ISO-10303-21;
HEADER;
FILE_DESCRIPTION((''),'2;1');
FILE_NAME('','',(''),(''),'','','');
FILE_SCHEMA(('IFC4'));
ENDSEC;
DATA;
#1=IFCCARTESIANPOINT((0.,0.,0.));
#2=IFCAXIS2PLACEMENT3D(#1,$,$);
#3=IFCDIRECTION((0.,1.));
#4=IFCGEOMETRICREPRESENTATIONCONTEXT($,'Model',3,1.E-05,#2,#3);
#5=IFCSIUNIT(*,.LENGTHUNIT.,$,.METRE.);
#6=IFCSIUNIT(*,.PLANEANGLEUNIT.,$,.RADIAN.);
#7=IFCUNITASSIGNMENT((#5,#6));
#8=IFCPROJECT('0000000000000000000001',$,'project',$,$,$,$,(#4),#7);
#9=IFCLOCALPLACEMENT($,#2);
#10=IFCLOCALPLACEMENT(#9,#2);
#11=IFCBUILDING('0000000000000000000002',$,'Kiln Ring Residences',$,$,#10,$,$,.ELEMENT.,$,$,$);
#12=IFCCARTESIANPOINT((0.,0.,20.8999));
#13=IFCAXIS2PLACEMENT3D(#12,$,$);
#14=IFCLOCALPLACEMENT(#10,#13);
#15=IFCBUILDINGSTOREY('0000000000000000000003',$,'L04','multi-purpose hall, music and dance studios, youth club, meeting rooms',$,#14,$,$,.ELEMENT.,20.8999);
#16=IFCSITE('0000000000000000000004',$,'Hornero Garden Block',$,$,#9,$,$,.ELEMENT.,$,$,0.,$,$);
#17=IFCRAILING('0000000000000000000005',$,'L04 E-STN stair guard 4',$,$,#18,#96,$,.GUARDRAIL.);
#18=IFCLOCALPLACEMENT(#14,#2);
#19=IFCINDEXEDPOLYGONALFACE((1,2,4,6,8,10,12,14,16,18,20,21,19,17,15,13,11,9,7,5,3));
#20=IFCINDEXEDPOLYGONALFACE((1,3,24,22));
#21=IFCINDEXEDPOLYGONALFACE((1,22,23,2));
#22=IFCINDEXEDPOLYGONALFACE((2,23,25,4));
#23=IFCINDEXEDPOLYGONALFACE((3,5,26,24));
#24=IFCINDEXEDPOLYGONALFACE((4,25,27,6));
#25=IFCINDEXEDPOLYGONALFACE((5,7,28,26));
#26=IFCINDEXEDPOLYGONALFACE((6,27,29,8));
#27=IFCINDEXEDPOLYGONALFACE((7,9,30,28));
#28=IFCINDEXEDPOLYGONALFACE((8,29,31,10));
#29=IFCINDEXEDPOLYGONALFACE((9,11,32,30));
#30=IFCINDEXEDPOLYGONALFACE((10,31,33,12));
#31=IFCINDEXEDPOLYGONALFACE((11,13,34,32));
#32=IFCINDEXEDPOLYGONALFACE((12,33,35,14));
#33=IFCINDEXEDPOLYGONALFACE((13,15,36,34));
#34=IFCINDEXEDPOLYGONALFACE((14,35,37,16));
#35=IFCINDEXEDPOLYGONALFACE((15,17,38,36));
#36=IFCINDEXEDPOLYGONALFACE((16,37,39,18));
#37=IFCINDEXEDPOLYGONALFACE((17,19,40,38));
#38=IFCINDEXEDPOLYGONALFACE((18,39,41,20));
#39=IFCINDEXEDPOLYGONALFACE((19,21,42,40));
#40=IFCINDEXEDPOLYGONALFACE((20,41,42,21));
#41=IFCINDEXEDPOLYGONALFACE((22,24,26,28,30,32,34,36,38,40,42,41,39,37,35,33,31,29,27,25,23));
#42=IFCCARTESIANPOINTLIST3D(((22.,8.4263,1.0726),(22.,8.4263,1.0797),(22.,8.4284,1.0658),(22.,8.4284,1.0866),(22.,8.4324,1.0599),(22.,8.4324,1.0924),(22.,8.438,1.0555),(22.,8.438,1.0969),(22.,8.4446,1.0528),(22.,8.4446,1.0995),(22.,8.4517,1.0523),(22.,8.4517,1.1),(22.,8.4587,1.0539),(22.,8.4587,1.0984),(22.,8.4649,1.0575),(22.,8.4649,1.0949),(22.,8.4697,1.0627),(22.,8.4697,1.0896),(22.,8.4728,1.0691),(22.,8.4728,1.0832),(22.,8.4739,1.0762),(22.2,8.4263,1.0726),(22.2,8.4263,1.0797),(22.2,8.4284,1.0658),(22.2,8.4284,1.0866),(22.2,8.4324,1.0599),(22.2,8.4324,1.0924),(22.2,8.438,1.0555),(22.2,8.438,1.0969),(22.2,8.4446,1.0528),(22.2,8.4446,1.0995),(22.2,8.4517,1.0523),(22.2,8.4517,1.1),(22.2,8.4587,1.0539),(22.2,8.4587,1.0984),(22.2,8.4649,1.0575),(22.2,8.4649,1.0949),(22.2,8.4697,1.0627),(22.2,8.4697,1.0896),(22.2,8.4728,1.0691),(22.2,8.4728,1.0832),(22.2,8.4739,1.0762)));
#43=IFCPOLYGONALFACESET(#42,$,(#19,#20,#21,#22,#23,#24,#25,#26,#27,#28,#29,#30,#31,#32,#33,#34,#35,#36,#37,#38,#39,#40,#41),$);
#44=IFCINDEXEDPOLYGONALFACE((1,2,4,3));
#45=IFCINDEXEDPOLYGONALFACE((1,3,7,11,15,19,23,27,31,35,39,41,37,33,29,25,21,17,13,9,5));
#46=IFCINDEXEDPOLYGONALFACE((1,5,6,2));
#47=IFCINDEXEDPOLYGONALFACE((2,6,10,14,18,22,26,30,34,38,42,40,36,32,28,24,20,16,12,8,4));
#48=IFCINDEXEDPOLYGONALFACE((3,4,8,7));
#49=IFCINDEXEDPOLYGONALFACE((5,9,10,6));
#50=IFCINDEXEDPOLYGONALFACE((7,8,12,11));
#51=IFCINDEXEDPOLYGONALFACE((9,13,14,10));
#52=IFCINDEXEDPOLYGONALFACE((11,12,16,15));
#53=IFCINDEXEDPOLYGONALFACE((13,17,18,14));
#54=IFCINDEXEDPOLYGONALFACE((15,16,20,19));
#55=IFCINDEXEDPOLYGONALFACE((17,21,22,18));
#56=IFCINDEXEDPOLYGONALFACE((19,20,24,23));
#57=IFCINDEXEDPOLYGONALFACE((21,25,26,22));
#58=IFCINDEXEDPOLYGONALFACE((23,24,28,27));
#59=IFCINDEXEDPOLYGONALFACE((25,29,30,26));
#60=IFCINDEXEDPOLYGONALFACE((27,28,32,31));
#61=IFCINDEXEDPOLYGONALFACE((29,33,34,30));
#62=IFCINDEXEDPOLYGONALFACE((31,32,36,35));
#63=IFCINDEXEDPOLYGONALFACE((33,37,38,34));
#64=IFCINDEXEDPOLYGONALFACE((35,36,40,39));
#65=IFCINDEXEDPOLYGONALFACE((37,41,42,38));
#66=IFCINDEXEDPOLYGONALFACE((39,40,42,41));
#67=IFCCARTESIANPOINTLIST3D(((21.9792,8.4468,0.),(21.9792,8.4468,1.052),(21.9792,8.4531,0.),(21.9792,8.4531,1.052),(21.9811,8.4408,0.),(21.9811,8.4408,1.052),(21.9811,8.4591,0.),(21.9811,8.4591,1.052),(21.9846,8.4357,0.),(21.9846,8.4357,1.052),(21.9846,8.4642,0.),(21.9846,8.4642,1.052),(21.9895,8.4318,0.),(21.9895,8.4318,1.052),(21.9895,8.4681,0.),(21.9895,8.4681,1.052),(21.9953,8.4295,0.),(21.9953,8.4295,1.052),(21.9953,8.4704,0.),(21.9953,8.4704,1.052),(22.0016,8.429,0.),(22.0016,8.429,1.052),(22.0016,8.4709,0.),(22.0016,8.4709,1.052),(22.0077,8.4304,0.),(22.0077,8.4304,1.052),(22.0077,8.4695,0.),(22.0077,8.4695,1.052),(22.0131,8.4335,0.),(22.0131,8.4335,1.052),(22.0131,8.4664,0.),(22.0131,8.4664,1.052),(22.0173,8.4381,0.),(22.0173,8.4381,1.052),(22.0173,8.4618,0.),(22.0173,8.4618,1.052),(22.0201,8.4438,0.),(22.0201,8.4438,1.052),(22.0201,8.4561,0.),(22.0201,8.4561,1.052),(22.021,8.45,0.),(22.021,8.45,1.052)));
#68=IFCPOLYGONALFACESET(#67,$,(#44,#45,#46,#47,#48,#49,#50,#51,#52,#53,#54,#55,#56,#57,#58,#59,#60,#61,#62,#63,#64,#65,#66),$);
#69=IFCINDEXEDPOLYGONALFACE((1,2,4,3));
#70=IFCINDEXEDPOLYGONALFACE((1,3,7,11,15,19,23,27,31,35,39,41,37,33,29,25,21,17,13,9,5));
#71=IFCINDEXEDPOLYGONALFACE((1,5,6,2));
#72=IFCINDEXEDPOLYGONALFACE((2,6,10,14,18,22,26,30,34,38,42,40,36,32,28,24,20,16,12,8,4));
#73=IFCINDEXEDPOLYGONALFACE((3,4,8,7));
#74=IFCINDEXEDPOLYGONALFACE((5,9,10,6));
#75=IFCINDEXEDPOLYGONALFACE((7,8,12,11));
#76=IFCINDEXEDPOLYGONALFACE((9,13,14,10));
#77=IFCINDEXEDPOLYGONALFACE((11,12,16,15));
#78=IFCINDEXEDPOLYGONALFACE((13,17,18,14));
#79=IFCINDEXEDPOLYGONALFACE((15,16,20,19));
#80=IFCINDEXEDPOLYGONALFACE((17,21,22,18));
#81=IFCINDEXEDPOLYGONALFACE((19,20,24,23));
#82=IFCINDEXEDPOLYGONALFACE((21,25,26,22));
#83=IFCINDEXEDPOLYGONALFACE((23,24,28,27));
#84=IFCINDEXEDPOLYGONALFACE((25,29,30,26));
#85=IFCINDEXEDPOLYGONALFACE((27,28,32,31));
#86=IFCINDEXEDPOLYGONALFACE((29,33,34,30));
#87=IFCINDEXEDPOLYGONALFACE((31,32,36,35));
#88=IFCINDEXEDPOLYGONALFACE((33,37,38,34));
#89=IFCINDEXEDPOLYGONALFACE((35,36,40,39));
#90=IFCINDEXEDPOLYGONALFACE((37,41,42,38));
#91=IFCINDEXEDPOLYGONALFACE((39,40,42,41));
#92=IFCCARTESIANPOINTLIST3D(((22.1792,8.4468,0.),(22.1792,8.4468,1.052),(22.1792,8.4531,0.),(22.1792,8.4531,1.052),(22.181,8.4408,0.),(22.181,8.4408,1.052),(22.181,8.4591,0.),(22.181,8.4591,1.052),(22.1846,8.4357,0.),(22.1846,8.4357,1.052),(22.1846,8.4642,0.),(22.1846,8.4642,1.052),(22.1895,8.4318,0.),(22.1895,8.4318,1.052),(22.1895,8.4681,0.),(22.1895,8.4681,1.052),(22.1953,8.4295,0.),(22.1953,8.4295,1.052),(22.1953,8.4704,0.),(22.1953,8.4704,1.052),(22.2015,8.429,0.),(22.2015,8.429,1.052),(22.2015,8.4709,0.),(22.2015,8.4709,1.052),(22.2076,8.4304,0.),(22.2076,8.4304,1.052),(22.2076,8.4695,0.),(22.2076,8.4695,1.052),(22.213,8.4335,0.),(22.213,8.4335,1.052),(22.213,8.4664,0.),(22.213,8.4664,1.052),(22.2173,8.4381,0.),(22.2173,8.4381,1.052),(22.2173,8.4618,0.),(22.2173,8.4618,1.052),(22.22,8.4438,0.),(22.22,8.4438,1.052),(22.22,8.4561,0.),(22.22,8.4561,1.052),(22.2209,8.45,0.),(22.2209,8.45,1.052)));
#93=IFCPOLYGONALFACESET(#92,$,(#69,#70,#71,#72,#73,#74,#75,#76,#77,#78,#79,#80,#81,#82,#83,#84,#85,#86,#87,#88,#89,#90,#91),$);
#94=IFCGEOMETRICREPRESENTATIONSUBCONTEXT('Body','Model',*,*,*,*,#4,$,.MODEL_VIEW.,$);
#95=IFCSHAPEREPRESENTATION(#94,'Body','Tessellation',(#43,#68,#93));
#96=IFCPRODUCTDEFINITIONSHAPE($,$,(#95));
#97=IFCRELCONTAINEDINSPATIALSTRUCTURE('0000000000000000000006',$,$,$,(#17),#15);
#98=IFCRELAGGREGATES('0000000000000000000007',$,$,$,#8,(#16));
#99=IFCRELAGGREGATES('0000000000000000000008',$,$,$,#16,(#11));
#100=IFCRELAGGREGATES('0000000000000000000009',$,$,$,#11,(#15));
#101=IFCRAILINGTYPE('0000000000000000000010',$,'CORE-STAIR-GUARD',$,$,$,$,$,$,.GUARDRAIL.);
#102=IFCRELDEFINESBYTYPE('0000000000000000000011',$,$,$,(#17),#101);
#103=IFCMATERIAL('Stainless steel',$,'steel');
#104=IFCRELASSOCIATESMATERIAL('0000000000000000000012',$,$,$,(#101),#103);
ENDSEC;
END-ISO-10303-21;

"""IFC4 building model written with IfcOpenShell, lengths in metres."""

from ifc_helpers import new_model, si_unit, direction, frame, origin, origin_2d, place, context, subcontext, project, spatial, circle, extrude, material, type_object, element, save


model = new_model("IFC4")

# Units and contexts
model_context = context("Model", 3, precision=1e-05, world=origin(), true_north=direction((0.0, 1.0)))
body_context = subcontext(model_context, "Body", "Model", "MODEL_VIEW")
ifc_project = project(units=[si_unit("LENGTHUNIT", "METRE"), si_unit("PLANEANGLEUNIT", "RADIAN")], contexts=[model_context])

# Site, building, storey
site_placement = place(None, origin())
site = spatial("IfcSite", under=ifc_project, at=site_placement, Name="Hornero Garden Block", CompositionType="ELEMENT", RefElevation=0.0)
building_placement = place(site_placement, origin())
building = spatial("IfcBuilding", under=site, at=building_placement, Name="Kiln Ring Residences", CompositionType="ELEMENT")
storey_placement = place(building_placement, frame((0.0, 0.0, 20.8999)))
storey = spatial("IfcBuildingStorey", under=building, at=storey_placement, Name="L04", Description="multi-purpose hall, music and dance studios, youth club, meeting rooms", CompositionType="ELEMENT", Elevation=20.8999)

# Railing
ifc_material_1 = material(Name="Stainless steel", Category="steel")
railing_type_1 = type_object("IfcRailingType", Name="CORE-STAIR-GUARD", PredefinedType="GUARDRAIL", material=ifc_material_1)
railing_1_placement = place(storey_placement, frame((22.0, 8.45, 0.0)))
element("IfcRailing", 1, at=railing_1_placement, inside=storey, type_object=railing_type_1, Name="L04 E-STN stair guard 4", PredefinedType="GUARDRAIL", context=body_context, shape_type="SweptSolid", body=[
    extrude(circle(Radius=0.0239, at=origin_2d()), frame((0.0, 0.0, 1.0762), z_axis=(1.0, 0.0, 0.0), x_axis=(0.0, 1.0, 0.0)), (0.0, 0.0, 1.0), 0.2),
    extrude(circle(Radius=0.021, at=origin_2d()), origin(), (0.0, 0.0, 1.0), 1.052),
    extrude(circle(Radius=0.021, at=origin_2d()), frame((0.2, 0.0, 0.0)), (0.0, 0.0, 1.0), 1.052),
])

save(model, "model.ifc")
